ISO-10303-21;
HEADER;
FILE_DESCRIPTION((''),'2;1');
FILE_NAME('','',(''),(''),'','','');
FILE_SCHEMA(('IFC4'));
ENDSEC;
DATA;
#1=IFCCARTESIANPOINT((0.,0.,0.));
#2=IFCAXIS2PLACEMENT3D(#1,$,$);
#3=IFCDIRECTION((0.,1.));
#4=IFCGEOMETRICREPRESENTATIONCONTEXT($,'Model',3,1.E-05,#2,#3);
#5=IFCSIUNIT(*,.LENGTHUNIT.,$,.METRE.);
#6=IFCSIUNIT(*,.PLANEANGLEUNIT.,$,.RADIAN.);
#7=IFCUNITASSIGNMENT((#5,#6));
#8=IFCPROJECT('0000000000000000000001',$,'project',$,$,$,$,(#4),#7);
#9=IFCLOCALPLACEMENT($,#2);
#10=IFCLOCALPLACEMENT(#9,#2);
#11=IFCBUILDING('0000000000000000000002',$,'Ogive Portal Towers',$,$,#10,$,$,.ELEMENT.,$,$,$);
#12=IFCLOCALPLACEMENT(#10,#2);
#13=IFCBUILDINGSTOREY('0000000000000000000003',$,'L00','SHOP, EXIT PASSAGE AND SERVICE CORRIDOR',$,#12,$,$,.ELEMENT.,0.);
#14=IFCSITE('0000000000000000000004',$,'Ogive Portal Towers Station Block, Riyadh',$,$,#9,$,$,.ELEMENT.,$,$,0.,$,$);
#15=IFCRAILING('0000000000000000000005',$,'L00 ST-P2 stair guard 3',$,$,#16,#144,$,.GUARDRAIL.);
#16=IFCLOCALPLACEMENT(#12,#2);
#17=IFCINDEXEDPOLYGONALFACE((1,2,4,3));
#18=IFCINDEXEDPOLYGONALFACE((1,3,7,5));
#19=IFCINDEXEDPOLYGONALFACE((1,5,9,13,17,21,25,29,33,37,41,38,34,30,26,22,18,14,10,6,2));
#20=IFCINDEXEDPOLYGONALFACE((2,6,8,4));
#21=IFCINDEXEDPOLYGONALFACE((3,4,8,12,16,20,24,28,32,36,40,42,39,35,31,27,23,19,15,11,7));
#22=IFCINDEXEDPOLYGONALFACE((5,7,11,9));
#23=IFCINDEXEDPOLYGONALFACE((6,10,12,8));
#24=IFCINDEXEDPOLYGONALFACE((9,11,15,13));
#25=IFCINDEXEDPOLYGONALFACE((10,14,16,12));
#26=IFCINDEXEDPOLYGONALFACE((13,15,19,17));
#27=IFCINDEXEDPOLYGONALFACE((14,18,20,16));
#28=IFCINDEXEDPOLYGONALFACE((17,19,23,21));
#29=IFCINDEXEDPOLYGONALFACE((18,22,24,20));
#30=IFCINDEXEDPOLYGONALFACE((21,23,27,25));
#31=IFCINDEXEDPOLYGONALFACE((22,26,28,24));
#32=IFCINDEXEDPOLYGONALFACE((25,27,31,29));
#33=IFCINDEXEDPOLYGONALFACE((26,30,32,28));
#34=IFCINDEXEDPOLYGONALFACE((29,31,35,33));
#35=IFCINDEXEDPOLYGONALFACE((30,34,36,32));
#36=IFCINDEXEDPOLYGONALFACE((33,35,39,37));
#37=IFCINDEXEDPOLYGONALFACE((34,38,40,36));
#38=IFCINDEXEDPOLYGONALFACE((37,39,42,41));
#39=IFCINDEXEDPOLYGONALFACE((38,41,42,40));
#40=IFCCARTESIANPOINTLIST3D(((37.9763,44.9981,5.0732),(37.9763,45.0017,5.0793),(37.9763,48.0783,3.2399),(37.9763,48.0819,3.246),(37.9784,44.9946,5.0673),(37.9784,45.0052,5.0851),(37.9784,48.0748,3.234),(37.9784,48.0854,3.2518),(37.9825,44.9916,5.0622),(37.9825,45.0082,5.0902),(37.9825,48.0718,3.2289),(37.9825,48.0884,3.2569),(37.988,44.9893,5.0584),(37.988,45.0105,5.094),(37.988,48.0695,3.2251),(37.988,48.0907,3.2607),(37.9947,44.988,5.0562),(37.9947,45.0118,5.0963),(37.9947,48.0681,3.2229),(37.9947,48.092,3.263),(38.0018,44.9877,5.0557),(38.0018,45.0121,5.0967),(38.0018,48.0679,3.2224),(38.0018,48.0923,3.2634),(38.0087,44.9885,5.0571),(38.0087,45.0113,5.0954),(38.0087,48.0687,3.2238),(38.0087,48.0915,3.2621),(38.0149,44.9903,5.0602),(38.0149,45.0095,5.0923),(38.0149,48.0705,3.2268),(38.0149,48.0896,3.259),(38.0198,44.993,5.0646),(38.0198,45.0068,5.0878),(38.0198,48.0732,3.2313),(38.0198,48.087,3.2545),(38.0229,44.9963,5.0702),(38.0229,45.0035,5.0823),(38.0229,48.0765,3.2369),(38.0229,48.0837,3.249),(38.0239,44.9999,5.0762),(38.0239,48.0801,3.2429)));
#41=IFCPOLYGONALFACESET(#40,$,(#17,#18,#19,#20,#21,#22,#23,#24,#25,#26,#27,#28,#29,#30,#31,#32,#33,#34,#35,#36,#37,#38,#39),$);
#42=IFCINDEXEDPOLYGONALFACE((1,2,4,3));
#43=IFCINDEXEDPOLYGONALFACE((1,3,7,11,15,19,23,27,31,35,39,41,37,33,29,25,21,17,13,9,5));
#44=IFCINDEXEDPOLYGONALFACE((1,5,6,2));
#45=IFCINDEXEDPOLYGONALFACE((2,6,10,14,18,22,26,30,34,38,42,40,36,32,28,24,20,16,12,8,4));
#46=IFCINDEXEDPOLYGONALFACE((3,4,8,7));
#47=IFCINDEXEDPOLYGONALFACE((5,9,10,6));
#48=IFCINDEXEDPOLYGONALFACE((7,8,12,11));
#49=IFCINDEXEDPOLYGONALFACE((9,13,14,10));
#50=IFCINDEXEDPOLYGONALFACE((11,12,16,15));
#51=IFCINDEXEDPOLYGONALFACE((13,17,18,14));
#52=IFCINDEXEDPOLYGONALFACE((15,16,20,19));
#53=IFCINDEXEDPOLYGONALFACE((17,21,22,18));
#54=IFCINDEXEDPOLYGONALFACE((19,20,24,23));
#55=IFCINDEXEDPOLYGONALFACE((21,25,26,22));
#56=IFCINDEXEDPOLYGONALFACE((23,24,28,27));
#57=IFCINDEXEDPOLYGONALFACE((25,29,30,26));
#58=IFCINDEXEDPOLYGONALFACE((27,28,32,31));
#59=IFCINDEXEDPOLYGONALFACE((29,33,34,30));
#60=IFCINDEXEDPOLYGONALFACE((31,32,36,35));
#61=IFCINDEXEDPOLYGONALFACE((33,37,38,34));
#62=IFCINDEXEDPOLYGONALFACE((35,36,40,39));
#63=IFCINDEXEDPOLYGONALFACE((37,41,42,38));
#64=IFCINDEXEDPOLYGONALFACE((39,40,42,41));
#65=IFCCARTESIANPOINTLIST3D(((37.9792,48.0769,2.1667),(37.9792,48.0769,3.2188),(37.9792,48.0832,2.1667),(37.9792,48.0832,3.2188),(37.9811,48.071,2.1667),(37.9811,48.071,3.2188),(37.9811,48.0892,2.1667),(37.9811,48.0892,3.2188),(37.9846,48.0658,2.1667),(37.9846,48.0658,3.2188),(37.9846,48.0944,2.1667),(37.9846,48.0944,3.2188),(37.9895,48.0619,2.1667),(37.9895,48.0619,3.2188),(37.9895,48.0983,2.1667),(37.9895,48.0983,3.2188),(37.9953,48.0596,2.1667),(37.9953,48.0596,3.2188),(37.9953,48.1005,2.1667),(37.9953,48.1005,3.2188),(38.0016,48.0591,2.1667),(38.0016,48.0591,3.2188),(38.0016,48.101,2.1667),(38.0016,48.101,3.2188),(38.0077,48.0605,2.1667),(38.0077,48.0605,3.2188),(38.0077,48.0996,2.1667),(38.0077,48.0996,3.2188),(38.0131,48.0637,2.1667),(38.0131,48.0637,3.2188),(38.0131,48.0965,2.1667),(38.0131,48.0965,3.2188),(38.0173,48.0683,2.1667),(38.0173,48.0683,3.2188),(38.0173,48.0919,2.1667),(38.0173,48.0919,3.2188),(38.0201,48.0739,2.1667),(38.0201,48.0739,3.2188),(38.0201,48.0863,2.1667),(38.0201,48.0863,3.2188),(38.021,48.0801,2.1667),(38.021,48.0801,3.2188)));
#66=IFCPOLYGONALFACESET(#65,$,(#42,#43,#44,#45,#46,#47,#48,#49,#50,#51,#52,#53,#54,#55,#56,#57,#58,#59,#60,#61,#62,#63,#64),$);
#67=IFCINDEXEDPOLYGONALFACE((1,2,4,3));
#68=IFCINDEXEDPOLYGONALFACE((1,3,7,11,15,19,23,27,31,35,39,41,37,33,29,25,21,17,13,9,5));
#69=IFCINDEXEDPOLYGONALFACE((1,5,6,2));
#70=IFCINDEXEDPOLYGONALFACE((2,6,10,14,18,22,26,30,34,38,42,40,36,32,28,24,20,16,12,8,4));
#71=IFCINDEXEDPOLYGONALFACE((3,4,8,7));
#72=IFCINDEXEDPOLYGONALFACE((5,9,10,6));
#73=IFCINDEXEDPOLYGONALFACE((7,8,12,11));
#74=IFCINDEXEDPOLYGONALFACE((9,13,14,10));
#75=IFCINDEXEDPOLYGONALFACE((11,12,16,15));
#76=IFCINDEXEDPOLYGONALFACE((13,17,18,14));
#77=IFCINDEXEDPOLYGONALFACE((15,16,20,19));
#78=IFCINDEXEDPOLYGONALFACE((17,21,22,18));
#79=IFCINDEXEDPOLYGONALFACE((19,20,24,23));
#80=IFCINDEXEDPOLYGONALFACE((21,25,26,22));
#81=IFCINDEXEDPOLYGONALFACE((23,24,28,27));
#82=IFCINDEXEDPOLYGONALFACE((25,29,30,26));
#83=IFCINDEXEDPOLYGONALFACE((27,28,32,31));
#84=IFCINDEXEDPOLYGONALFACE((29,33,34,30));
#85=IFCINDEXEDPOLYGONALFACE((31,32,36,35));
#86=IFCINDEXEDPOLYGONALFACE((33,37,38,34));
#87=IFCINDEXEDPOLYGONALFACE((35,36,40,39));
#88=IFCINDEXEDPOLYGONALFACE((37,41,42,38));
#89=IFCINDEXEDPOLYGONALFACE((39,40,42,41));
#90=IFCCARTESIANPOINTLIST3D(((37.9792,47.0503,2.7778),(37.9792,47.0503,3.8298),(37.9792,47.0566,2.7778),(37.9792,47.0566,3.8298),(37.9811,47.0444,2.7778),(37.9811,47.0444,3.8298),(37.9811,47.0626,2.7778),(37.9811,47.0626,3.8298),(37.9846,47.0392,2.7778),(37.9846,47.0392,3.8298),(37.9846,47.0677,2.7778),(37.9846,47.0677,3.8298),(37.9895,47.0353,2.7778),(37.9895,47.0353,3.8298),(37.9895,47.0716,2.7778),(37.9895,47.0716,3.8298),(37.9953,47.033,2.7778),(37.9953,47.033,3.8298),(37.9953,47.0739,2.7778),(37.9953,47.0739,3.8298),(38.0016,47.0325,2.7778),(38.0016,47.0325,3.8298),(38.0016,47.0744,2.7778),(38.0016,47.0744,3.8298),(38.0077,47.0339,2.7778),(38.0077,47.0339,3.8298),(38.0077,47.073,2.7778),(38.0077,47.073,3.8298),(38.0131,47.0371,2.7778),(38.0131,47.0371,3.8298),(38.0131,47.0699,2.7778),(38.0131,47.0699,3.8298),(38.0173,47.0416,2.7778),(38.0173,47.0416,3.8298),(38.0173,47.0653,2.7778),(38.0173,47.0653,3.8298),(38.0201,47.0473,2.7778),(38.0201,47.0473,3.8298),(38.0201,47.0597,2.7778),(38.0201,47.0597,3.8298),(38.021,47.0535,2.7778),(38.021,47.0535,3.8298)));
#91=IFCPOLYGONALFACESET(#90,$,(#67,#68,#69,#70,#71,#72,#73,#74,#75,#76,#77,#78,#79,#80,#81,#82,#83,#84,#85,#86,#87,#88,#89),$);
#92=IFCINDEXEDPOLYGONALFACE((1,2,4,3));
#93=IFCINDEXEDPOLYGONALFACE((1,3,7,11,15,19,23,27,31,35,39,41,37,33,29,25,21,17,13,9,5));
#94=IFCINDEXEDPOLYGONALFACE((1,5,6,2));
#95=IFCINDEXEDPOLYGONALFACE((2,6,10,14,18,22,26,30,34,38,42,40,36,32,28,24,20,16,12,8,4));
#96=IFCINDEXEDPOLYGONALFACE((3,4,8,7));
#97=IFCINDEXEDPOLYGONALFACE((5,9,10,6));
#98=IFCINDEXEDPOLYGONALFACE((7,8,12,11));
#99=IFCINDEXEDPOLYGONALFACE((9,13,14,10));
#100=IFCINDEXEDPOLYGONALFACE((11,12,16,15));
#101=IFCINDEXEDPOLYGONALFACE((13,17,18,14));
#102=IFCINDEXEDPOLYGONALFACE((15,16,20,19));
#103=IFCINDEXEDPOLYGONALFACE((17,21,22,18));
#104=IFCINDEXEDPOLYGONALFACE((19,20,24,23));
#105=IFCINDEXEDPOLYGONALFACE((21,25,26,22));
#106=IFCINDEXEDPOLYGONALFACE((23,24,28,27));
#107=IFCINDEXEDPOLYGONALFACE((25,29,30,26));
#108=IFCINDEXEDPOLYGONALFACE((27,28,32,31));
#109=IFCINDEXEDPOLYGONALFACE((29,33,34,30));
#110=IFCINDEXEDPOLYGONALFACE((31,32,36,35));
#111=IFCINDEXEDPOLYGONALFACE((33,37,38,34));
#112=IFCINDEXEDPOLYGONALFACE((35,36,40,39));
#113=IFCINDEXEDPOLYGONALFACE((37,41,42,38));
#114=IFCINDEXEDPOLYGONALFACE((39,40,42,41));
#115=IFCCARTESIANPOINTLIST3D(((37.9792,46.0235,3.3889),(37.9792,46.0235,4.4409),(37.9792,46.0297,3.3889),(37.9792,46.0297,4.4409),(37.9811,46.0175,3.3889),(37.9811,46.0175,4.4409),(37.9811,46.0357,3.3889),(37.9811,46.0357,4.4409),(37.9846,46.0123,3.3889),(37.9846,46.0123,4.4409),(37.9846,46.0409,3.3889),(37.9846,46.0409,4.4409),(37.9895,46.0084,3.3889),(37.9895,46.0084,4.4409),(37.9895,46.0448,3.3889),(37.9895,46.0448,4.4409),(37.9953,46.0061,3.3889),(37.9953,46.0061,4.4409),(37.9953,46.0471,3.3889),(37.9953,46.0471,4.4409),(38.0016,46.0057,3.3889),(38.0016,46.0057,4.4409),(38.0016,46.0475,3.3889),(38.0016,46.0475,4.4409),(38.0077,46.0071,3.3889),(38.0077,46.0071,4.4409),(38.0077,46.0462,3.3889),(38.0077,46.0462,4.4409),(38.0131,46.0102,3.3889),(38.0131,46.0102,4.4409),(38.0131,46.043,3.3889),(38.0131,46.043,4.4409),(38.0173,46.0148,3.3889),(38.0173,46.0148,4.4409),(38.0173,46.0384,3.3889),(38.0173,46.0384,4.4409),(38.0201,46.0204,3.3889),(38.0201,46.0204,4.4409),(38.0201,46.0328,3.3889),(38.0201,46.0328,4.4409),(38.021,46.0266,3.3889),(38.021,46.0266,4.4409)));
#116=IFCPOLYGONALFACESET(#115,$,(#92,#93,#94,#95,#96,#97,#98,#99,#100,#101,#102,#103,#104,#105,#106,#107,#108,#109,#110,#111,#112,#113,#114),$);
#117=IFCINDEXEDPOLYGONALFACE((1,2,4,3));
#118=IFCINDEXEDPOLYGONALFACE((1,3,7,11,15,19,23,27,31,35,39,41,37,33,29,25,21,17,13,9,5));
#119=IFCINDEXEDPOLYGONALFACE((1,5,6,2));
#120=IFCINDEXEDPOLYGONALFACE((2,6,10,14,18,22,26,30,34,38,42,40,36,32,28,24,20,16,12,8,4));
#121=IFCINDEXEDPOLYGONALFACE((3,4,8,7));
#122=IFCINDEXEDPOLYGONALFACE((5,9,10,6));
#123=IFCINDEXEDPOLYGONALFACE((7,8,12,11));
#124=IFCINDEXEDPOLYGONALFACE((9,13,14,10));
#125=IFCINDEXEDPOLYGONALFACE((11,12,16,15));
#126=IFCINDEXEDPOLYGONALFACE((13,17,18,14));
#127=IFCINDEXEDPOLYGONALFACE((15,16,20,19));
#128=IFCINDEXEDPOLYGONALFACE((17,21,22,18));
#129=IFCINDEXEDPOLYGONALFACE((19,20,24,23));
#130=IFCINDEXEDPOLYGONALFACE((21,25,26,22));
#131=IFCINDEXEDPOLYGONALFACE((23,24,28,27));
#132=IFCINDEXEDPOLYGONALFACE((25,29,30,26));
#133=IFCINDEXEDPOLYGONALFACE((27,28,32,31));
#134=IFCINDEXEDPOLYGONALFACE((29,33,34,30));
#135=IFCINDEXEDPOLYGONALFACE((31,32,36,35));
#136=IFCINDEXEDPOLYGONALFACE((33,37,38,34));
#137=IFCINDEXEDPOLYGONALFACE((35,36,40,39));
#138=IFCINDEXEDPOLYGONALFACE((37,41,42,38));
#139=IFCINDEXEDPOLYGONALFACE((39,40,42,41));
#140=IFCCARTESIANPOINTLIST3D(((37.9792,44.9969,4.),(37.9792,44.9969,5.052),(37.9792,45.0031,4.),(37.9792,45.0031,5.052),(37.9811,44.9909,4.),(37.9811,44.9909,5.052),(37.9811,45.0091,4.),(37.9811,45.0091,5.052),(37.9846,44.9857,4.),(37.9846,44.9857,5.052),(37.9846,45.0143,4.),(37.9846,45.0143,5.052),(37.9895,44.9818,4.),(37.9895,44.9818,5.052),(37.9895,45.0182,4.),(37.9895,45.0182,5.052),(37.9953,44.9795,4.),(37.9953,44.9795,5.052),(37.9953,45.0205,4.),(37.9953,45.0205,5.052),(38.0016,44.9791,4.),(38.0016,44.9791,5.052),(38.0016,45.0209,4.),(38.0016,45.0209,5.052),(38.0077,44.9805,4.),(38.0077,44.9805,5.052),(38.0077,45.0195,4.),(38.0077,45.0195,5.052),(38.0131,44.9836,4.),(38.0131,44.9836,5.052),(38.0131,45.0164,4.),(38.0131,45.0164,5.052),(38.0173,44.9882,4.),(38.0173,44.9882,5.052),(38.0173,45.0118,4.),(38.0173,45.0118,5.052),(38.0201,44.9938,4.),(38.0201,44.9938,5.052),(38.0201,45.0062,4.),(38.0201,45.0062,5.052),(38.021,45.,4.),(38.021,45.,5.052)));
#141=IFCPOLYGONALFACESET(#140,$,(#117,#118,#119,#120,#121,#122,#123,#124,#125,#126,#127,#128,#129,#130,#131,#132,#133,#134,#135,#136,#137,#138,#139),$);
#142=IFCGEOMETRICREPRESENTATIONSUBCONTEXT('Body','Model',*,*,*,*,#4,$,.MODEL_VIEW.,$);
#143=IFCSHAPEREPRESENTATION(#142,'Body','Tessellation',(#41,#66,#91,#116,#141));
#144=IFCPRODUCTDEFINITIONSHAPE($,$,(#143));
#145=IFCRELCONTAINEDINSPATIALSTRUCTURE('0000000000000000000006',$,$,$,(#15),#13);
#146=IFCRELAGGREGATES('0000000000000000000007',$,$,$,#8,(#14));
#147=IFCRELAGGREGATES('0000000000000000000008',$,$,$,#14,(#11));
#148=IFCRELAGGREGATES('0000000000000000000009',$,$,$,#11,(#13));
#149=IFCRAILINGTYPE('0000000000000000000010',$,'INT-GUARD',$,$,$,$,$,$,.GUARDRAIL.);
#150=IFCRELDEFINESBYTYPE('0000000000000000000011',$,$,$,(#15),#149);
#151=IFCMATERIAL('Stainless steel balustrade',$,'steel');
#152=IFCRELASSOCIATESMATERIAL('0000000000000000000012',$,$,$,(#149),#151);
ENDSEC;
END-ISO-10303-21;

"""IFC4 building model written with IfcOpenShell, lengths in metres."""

from ifc_helpers import new_model, si_unit, direction, frame, origin, origin_2d, place, context, subcontext, project, spatial, circle, extrude, material, type_object, element, save


model = new_model("IFC4")

# Units and contexts
model_context = context("Model", 3, precision=1e-05, world=origin(), true_north=direction((0.0, 1.0)))
body_context = subcontext(model_context, "Body", "Model", "MODEL_VIEW")
ifc_project = project(units=[si_unit("LENGTHUNIT", "METRE"), si_unit("PLANEANGLEUNIT", "RADIAN")], contexts=[model_context])

# Site, building, storey
site_placement = place(None, origin())
site = spatial("IfcSite", under=ifc_project, at=site_placement, Name="Ogive Portal Towers Station Block, Riyadh", CompositionType="ELEMENT", RefElevation=0.0)
building_placement = place(site_placement, origin())
building = spatial("IfcBuilding", under=site, at=building_placement, Name="Ogive Portal Towers", CompositionType="ELEMENT")
storey_placement = place(building_placement, origin())
storey = spatial("IfcBuildingStorey", under=building, at=storey_placement, Name="L00", Description="SHOP, EXIT PASSAGE AND SERVICE CORRIDOR", CompositionType="ELEMENT", Elevation=0.0)

# Railing
ifc_material_1 = material(Name="Stainless steel balustrade", Category="steel")
railing_type_1 = type_object("IfcRailingType", Name="INT-GUARD", PredefinedType="GUARDRAIL", material=ifc_material_1)
railing_1_placement = place(storey_placement, frame((38.0, 48.0801, 2.1667)))
element("IfcRailing", 1, at=railing_1_placement, inside=storey, type_object=railing_type_1, Name="L00 ST-P2 stair guard 3", PredefinedType="GUARDRAIL", context=body_context, shape_type="SweptSolid", body=[
    extrude(circle(Radius=0.0239, at=origin_2d()), frame((0.0, 0.0, 1.0762), z_axis=(0.0, -0.859309, 0.511458), x_axis=(1.0, 0.0, 0.0)), (0.0, 0.0, 1.0), 3.5845),
    extrude(circle(Radius=0.021, at=origin_2d()), origin(), (0.0, 0.0, 1.0), 1.052),
    extrude(circle(Radius=0.021, at=origin_2d()), frame((0.0, -1.0266, 0.6111)), (0.0, 0.0, 1.0), 1.052),
    extrude(circle(Radius=0.021, at=origin_2d()), frame((0.0, -2.0535, 1.2222)), (0.0, 0.0, 1.0), 1.052),
    extrude(circle(Radius=0.021, at=origin_2d()), frame((0.0, -3.0801, 1.8333)), (0.0, 0.0, 1.0), 1.052),
])

save(model, "model.ifc")
